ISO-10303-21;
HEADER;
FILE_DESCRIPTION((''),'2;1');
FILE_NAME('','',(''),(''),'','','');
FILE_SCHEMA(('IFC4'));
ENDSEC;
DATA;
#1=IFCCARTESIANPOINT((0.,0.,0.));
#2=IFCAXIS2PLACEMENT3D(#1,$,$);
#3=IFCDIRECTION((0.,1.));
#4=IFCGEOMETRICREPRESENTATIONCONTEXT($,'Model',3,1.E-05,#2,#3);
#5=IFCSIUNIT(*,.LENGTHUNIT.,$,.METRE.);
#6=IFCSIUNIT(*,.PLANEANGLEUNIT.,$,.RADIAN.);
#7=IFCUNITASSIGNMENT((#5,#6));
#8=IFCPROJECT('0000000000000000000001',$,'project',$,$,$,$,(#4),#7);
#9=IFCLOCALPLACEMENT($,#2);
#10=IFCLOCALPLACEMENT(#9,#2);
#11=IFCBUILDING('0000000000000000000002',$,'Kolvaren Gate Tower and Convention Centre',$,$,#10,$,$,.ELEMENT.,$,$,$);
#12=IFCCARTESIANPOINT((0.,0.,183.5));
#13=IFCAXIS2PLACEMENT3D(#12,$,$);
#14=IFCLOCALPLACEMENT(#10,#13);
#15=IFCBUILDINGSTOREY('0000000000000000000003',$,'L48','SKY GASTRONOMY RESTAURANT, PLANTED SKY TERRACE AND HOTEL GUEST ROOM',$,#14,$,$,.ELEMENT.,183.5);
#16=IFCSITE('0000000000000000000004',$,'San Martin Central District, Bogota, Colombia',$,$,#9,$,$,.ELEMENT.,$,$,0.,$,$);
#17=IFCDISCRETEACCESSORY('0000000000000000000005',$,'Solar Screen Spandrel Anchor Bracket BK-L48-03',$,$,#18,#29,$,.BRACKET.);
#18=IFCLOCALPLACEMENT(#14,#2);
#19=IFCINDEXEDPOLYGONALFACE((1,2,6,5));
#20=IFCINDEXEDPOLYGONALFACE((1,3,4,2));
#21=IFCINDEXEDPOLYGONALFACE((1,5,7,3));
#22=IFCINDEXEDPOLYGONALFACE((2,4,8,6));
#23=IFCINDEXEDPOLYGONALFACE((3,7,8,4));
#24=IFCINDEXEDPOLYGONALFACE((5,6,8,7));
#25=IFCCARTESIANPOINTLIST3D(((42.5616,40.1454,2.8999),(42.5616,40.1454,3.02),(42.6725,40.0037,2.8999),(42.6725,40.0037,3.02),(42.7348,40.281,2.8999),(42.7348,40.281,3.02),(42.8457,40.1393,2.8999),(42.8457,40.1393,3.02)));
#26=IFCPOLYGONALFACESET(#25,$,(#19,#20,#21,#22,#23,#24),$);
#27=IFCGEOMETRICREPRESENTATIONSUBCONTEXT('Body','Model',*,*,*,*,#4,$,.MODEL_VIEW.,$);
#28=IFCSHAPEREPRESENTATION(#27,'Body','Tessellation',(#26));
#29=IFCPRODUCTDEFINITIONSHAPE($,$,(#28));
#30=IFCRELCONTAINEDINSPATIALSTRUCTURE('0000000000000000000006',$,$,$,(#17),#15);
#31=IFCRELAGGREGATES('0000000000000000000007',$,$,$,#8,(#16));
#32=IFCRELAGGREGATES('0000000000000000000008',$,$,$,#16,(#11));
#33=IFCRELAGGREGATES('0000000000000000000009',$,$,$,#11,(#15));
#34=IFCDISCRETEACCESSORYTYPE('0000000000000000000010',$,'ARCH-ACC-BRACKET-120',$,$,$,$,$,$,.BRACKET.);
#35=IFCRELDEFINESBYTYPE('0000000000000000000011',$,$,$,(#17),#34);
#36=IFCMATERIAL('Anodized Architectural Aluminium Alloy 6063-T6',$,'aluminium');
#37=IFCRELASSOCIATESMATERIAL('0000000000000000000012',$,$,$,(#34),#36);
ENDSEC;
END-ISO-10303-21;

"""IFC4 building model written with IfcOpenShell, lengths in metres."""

from ifc_helpers import new_model, si_unit, direction, frame, origin, origin_2d, place, context, subcontext, project, spatial, rectangle, extrude, material, type_object, element, save


model = new_model("IFC4")

# Units and contexts
model_context = context("Model", 3, precision=1e-05, world=origin(), true_north=direction((0.0, 1.0)))
body_context = subcontext(model_context, "Body", "Model", "MODEL_VIEW")
ifc_project = project(units=[si_unit("LENGTHUNIT", "METRE"), si_unit("PLANEANGLEUNIT", "RADIAN")], contexts=[model_context])

# Site, building, storey
site_placement = place(None, origin())
site = spatial("IfcSite", under=ifc_project, at=site_placement, Name="San Martin Central District, Bogota, Colombia", CompositionType="ELEMENT", RefElevation=0.0)
building_placement = place(site_placement, origin())
building = spatial("IfcBuilding", under=site, at=building_placement, Name="Kolvaren Gate Tower and Convention Centre", CompositionType="ELEMENT")
storey_placement = place(building_placement, frame((0.0, 0.0, 183.5)))
storey = spatial("IfcBuildingStorey", under=building, at=storey_placement, Name="L48", Description="SKY GASTRONOMY RESTAURANT, PLANTED SKY TERRACE AND HOTEL GUEST ROOM", CompositionType="ELEMENT", Elevation=183.5)

# Shared definitions
ifc_material_1 = material(Name="Anodized Architectural Aluminium Alloy 6063-T6", Category="aluminium")

# Discrete accessory
discrete_accessory_type = type_object("IfcDiscreteAccessoryType", Name="ARCH-ACC-BRACKET-120", PredefinedType="BRACKET", material=ifc_material_1)
discrete_accessory_placement = place(storey_placement, frame((42.7036, 40.1423, 2.8999), z_axis=(0.0, 0.0, 1.0), x_axis=(0.616434, -0.787406, 0.0)))
element("IfcDiscreteAccessory", 1, at=discrete_accessory_placement, inside=storey, type_object=discrete_accessory_type, Name="Solar Screen Spandrel Anchor Bracket BK-L48-03", PredefinedType="BRACKET", context=body_context, shape_type="SweptSolid", body=[
    extrude(rectangle(XDim=0.1799, YDim=0.22, at=origin_2d()), origin(), (0.0, 0.0, 1.0), 0.1201),
])

save(model, "model.ifc")
